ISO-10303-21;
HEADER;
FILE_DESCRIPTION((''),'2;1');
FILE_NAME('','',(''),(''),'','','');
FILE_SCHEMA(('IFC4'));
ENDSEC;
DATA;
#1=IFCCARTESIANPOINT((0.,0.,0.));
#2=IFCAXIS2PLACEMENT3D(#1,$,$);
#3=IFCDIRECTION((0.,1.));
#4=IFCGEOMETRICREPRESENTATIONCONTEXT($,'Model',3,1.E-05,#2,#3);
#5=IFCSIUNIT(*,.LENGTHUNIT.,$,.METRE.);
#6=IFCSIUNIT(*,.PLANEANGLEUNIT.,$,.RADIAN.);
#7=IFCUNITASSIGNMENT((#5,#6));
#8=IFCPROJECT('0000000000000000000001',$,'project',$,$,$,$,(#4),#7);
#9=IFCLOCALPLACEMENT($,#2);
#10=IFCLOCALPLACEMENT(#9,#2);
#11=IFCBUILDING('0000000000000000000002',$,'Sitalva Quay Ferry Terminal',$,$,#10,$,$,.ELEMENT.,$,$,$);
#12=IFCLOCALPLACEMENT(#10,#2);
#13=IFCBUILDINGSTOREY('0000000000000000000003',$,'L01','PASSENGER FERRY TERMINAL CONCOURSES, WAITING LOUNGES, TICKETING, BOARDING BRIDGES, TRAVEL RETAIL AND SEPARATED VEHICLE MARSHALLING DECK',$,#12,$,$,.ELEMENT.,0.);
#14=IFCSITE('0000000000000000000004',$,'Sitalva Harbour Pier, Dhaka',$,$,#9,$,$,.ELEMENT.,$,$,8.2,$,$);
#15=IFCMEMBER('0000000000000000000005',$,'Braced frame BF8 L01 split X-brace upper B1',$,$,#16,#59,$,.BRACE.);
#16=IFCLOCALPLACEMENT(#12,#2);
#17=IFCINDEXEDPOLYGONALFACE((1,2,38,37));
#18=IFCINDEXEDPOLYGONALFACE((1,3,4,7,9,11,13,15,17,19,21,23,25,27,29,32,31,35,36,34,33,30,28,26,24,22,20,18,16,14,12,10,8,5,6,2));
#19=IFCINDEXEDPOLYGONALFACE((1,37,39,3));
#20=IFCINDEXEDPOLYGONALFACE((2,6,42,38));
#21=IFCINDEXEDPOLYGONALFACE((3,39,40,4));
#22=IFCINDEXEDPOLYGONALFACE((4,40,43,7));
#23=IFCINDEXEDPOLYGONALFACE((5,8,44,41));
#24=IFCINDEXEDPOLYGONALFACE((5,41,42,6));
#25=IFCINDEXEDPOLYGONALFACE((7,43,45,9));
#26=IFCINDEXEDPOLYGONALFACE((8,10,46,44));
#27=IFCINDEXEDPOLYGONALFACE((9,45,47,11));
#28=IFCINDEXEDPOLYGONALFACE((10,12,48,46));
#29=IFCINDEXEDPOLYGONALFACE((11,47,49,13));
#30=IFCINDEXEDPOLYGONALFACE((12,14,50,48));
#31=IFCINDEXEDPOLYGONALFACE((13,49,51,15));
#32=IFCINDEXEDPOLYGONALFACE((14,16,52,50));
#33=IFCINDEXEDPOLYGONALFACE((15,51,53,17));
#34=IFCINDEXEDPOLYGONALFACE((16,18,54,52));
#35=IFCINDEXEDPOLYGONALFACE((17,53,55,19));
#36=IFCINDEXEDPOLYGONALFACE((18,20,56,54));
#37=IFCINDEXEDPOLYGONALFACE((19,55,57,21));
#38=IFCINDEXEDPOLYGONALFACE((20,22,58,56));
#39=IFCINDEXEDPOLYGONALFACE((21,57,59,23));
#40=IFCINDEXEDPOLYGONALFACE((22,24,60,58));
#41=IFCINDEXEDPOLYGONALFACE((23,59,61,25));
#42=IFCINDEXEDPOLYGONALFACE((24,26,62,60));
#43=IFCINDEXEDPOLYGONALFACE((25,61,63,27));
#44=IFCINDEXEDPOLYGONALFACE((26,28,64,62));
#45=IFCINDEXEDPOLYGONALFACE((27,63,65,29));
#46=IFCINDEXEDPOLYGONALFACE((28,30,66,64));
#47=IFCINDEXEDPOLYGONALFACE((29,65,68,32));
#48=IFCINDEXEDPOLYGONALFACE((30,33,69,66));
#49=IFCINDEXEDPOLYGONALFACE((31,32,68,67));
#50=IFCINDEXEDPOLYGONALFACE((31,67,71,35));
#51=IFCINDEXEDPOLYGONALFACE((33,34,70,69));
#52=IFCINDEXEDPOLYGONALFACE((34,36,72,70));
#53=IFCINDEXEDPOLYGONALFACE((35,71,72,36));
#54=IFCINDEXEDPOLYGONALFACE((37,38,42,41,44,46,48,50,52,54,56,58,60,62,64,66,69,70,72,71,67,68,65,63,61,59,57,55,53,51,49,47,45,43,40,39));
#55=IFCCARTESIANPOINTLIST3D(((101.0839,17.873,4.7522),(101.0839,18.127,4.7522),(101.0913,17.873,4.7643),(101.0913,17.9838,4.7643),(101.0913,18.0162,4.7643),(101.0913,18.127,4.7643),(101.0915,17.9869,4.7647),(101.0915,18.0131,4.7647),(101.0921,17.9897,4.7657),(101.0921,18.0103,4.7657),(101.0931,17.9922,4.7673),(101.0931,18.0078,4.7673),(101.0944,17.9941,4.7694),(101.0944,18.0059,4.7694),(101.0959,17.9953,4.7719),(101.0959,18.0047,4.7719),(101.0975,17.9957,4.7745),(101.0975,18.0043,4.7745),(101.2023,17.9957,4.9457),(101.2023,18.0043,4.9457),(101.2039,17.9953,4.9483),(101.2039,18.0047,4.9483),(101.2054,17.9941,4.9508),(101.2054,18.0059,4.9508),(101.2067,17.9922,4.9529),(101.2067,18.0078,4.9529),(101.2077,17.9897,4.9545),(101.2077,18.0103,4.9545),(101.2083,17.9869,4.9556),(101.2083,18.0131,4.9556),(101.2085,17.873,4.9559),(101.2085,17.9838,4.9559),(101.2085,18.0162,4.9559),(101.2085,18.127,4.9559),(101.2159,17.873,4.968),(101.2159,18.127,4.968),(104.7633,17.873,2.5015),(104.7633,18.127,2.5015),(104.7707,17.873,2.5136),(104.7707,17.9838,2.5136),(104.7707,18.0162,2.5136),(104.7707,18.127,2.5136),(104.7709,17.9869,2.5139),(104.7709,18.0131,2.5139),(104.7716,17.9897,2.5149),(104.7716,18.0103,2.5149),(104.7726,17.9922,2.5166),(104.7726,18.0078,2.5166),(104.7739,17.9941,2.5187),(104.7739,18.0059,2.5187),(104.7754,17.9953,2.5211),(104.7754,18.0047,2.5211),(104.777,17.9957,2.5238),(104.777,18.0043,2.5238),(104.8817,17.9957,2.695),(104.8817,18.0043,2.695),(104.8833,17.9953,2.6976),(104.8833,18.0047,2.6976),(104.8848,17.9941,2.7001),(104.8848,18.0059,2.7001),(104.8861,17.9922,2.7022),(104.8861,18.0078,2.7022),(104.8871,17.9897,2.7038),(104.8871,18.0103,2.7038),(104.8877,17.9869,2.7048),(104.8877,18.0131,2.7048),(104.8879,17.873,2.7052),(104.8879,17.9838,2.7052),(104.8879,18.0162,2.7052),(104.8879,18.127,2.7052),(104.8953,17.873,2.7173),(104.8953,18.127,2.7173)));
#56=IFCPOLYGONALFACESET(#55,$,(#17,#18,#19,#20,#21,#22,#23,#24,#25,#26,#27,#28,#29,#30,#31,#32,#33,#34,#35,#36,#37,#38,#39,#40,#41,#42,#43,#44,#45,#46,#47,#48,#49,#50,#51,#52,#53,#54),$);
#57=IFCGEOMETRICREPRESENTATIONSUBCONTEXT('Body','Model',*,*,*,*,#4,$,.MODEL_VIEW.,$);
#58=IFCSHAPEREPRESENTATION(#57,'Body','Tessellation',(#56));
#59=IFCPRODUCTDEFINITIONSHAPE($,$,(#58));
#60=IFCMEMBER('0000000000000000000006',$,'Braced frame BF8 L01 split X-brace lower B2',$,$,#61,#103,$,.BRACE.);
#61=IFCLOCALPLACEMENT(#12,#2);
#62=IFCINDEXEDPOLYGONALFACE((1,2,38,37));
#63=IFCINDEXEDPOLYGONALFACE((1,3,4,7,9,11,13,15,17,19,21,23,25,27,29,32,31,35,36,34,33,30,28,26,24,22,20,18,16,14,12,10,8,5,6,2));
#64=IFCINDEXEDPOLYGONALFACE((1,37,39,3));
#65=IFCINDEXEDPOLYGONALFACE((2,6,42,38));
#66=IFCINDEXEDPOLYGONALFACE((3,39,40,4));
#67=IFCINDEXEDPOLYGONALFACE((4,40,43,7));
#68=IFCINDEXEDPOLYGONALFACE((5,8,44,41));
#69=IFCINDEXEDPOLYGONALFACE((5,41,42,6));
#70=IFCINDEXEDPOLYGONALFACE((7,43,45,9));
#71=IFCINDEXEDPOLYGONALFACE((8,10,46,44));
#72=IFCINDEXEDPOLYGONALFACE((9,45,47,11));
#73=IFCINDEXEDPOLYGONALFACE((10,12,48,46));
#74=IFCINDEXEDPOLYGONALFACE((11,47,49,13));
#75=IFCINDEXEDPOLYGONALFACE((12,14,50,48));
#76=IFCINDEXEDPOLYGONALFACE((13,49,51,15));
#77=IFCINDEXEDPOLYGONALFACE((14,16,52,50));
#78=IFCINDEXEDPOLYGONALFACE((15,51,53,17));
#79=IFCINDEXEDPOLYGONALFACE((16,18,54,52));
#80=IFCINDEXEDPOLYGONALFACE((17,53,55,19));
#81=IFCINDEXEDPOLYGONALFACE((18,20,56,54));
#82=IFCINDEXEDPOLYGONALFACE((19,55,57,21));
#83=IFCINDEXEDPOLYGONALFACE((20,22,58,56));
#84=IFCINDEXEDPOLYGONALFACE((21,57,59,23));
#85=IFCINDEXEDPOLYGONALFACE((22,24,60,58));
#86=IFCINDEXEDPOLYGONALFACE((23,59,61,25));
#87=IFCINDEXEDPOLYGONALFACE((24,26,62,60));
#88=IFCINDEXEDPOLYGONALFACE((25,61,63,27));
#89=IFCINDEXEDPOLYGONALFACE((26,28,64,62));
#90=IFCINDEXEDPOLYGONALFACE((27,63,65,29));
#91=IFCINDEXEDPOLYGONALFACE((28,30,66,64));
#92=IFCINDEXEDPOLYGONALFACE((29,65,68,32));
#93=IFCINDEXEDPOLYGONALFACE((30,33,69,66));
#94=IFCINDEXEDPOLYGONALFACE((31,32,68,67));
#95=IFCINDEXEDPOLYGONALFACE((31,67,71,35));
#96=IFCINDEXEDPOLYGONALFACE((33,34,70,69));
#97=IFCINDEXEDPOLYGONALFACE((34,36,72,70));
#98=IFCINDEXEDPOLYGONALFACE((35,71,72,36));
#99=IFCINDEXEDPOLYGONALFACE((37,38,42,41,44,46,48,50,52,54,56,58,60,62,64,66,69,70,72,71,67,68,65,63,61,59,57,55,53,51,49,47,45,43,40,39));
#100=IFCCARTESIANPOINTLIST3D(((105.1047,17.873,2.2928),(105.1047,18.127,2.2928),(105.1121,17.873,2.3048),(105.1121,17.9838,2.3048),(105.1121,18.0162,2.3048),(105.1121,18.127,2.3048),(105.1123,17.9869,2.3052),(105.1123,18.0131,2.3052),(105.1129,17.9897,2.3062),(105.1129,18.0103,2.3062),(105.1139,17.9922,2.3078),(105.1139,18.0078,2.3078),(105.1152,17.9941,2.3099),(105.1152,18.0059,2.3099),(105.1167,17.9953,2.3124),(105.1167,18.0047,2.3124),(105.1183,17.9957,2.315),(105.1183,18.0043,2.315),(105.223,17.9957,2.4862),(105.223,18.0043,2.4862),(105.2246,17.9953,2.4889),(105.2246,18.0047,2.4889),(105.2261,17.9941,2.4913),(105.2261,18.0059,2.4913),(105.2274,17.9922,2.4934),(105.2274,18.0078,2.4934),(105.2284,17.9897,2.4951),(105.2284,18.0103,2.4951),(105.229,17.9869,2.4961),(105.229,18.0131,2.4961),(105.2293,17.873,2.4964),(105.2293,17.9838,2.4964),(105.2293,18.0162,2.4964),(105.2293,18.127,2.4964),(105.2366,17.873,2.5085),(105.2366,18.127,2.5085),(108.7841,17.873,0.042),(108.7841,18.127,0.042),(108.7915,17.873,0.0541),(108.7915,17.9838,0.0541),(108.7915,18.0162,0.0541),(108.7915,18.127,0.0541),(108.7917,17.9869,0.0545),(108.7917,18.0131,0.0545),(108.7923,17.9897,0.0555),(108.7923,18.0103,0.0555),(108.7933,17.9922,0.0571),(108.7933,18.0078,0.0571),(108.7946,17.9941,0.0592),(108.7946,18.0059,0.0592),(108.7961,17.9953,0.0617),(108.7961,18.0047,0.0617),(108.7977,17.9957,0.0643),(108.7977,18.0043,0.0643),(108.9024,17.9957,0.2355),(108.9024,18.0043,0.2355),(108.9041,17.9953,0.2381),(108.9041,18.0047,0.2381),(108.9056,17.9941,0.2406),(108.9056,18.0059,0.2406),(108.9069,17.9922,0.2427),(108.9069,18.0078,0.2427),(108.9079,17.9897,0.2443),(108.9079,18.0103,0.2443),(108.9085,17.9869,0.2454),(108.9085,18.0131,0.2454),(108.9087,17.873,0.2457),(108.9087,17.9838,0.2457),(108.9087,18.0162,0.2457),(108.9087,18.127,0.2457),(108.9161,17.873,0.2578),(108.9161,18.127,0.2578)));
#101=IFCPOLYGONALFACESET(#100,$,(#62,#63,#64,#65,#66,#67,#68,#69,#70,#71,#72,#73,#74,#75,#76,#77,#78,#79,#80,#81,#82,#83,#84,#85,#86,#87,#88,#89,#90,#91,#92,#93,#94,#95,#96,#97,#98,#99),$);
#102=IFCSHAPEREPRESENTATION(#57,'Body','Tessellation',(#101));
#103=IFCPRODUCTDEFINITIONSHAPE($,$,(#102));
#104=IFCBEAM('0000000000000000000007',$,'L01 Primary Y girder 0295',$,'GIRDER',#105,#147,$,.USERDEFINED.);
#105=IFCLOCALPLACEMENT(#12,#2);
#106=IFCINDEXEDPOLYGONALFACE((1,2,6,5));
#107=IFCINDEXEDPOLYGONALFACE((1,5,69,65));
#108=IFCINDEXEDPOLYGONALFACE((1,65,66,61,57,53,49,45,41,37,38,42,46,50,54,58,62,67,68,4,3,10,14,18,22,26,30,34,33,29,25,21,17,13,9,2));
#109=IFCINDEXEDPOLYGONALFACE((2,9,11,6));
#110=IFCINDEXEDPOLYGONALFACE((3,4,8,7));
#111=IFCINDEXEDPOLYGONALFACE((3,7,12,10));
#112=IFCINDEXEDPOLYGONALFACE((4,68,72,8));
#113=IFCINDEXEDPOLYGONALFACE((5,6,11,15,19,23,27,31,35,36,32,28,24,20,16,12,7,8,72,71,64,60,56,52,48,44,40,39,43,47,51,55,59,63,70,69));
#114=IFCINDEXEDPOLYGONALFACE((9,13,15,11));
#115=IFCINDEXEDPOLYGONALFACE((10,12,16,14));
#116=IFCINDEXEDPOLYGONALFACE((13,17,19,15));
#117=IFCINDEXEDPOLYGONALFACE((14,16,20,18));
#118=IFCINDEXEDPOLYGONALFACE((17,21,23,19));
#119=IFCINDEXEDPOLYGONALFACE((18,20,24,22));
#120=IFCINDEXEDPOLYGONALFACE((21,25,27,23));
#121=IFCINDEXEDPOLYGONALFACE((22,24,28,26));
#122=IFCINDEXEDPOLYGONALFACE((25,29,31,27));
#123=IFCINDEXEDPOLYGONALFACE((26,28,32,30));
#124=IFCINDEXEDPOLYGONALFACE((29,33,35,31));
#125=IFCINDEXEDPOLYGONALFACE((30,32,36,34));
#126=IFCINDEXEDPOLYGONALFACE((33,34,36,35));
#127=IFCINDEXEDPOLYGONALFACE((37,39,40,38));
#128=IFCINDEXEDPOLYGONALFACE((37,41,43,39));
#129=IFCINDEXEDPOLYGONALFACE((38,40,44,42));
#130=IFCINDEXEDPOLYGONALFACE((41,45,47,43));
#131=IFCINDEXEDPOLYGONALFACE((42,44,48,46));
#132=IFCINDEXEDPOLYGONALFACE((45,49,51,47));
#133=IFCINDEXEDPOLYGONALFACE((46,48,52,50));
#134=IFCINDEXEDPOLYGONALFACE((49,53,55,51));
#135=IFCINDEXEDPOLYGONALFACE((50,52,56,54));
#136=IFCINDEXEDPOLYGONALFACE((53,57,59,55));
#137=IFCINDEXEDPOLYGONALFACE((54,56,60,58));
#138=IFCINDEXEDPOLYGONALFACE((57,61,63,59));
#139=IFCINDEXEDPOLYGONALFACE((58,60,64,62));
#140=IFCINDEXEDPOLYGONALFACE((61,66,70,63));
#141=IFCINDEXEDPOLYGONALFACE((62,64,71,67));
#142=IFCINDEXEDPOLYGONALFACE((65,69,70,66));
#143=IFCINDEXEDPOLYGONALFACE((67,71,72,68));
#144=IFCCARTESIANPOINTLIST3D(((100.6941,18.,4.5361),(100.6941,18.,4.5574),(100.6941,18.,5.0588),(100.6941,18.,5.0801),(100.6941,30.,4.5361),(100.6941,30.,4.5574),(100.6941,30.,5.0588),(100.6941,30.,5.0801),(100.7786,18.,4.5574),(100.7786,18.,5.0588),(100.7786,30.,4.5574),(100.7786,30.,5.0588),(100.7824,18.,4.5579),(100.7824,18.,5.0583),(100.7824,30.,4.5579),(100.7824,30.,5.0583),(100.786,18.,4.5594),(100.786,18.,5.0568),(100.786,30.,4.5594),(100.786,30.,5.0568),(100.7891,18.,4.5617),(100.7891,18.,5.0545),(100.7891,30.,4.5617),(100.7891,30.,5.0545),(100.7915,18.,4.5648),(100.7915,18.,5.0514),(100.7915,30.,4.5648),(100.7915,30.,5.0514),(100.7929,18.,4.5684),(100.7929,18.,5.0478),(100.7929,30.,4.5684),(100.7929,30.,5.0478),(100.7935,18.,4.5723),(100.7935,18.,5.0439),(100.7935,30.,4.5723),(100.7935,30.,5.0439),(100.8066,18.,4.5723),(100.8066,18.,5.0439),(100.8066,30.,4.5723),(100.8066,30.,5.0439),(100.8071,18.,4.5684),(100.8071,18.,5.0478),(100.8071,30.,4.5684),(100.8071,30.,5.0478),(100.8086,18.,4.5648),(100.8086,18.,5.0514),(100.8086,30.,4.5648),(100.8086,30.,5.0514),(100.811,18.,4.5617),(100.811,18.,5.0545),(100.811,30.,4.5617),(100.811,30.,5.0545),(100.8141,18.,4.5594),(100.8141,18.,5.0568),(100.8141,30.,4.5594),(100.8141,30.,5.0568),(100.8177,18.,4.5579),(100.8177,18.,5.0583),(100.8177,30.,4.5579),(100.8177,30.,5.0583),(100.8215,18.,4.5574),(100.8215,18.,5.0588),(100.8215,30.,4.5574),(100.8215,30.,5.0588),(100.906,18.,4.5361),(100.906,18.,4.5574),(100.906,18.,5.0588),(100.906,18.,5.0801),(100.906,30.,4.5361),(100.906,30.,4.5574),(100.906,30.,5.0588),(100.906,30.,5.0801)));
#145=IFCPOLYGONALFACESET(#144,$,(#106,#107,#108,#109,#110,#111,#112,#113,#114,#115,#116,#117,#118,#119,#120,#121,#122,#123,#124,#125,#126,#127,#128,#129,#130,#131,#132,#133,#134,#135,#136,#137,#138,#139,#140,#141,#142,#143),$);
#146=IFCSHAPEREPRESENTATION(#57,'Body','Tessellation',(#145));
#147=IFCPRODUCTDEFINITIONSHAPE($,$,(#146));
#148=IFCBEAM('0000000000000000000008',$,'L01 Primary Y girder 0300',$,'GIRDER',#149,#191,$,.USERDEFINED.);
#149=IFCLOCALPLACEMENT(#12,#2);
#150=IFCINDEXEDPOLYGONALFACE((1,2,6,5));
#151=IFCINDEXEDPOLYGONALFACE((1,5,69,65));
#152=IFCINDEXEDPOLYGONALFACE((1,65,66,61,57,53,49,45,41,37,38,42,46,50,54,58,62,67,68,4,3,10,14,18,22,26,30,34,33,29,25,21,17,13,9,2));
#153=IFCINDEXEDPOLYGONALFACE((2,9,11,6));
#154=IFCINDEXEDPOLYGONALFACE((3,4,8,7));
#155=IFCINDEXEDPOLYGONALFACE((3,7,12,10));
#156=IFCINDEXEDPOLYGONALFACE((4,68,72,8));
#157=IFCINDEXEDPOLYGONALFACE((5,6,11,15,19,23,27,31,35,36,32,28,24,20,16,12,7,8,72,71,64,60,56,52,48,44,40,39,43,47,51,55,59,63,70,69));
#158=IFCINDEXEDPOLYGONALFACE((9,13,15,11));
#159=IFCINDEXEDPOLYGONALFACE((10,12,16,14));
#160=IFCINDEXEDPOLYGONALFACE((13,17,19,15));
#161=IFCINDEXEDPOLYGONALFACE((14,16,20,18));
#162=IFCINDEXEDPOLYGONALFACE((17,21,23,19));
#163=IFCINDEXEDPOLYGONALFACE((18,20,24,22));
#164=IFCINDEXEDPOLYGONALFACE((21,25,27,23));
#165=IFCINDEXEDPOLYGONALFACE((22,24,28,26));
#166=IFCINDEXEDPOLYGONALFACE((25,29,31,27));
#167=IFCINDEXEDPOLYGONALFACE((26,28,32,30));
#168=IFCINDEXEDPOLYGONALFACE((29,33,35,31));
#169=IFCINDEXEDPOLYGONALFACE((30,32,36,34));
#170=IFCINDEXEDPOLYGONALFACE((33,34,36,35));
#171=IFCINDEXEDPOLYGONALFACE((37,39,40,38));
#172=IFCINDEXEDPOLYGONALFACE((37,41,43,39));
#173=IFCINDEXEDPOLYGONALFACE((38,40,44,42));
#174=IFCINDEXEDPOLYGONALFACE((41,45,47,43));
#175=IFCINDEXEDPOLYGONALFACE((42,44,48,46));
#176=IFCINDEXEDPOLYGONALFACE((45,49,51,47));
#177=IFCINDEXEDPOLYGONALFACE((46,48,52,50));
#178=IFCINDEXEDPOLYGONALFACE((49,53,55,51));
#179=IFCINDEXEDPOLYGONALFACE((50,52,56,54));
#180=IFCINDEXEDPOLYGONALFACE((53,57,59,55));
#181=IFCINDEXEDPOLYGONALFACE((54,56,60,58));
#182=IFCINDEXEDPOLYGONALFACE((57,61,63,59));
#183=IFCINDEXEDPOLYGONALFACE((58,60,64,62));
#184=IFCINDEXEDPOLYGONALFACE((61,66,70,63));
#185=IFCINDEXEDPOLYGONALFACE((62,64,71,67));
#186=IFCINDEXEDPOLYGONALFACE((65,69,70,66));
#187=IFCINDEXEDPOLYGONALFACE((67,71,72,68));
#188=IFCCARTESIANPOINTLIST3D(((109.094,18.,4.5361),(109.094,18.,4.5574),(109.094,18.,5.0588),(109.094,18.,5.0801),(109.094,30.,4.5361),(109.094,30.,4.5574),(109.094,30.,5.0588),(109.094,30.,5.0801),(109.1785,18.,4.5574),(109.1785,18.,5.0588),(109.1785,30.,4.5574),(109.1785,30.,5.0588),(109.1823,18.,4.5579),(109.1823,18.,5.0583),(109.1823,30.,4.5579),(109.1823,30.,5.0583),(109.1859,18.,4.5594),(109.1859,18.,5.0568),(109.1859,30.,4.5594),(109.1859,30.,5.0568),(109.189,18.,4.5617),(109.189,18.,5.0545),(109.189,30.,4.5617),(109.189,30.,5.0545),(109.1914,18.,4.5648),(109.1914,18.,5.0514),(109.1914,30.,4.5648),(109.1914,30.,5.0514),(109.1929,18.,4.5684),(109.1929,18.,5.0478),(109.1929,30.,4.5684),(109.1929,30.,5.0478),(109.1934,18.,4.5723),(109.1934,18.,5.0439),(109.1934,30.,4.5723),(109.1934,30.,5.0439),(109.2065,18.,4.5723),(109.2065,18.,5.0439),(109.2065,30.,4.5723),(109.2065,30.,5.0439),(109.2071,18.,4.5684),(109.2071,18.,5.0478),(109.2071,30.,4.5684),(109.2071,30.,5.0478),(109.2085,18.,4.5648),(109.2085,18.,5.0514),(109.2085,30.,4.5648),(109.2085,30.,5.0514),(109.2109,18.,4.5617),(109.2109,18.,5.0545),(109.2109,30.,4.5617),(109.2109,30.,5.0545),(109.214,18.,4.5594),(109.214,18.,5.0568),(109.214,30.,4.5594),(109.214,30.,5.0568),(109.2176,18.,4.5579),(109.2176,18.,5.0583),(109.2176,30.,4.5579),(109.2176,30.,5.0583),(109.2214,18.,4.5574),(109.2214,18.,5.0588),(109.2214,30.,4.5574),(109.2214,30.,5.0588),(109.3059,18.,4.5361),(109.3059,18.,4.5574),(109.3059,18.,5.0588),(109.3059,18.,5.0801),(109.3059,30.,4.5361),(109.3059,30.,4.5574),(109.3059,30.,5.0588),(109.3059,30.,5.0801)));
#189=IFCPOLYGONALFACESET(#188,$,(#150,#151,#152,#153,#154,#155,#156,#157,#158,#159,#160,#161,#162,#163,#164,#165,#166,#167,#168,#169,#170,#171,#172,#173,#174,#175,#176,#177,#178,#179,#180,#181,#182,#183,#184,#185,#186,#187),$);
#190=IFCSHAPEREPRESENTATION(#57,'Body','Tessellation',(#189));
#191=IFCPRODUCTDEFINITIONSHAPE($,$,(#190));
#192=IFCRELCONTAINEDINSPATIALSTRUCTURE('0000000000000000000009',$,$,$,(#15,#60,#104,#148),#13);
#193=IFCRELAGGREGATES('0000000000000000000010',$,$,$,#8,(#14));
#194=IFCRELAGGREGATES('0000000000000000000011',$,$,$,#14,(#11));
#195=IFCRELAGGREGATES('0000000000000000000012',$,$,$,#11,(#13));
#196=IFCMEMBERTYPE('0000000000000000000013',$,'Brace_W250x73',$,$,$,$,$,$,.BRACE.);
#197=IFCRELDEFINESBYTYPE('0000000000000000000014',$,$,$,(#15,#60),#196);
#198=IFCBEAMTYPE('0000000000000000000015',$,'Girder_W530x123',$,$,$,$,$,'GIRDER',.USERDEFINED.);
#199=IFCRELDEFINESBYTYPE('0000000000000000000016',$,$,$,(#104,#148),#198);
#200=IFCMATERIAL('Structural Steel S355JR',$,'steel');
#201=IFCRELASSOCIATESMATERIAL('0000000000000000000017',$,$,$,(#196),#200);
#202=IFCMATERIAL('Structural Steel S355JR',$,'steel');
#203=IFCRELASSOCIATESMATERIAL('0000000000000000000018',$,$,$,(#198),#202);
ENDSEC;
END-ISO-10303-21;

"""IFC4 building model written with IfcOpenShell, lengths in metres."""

from ifc_helpers import new_model, si_unit, direction, frame, origin, origin_2d, place, context, subcontext, project, spatial, i_section, extrude, material, material_profile, profile_set, type_object, element, save


model = new_model("IFC4")

# Units and contexts
model_context = context("Model", 3, precision=1e-05, world=origin(), true_north=direction((0.0, 1.0)))
body_context = subcontext(model_context, "Body", "Model", "MODEL_VIEW")
ifc_project = project(units=[si_unit("LENGTHUNIT", "METRE"), si_unit("PLANEANGLEUNIT", "RADIAN")], contexts=[model_context])

# Site, building, storey
site_placement = place(None, origin())
site = spatial("IfcSite", under=ifc_project, at=site_placement, Name="Sitalva Harbour Pier, Dhaka", CompositionType="ELEMENT", RefElevation=8.2)
building_placement = place(site_placement, origin())
building = spatial("IfcBuilding", under=site, at=building_placement, Name="Sitalva Quay Ferry Terminal", CompositionType="ELEMENT")
storey_placement = place(building_placement, origin())
storey = spatial("IfcBuildingStorey", under=building, at=storey_placement, Name="L01", Description="PASSENGER FERRY TERMINAL CONCOURSES, WAITING LOUNGES, TICKETING, BOARDING BRIDGES, TRAVEL RETAIL AND SEPARATED VEHICLE MARSHALLING DECK", CompositionType="ELEMENT", Elevation=0.0)

# Members
ifc_material_1 = material(Name="Structural Steel S355JR", Category="steel")
ifc_material_profile_1 = material_profile(ifc_material_1, i_section(OverallWidth=0.2539, OverallDepth=0.2529, WebThickness=0.0085, FlangeThickness=0.0142, FilletRadius=0.012, at=origin_2d()), Name="W250x73")
ifc_profile_set_1 = profile_set([ifc_material_profile_1], Name="Structural Steel S355JR")
member_type = type_object("IfcMemberType", Name="Brace_W250x73", PredefinedType="BRACE", material=ifc_profile_set_1)
for number, where, z_axis, x_axis, name in (
    (1, (101.1499, 18.0, 4.8601), (0.853056, 0.0, -0.521819), (0.0, 1.0, 0.0), "Braced frame BF8 L01 split X-brace upper B1"),
    (2, (105.1707, 18.0, 2.4006), (0.853056, 0.0, -0.521819), (0.0, 1.0, 0.0), "Braced frame BF8 L01 split X-brace lower B2"),
):
    element("IfcMember", number, at=place(storey_placement, frame(where, z_axis=z_axis, x_axis=x_axis)), inside=storey, type_object=member_type, Name=name, PredefinedType="BRACE", context=body_context, shape_type="SweptSolid", body=[
        extrude(i_section(OverallWidth=0.2539, OverallDepth=0.2529, WebThickness=0.0085, FlangeThickness=0.0142, FilletRadius=0.012, at=origin_2d()), origin(), (0.0, 0.0, 1.0), 4.3132),
    ])

# Beams
ifc_material_2 = material(Name="Structural Steel S355JR", Category="steel")
ifc_material_profile_2 = material_profile(ifc_material_2, i_section(OverallWidth=0.2119, OverallDepth=0.5439, WebThickness=0.0132, FlangeThickness=0.0212, FilletRadius=0.0149, at=origin_2d()), Name="W530x123")
ifc_profile_set_2 = profile_set([ifc_material_profile_2], Name="Structural Steel S355JR")
beam_type_1 = type_object("IfcBeamType", Name="Girder_W530x123", ElementType="GIRDER", PredefinedType="USERDEFINED", material=ifc_profile_set_2)
for number, where, z_axis, x_axis, name in (
    (3, (100.8, 18.0, 4.8081), (0.0, 1.0, 0.0), (-1.0, 0.0, 0.0), "L01 Primary Y girder 0295"),
    (4, (109.2, 18.0, 4.8081), (0.0, 1.0, 0.0), (-1.0, 0.0, 0.0), "L01 Primary Y girder 0300"),
):
    element("IfcBeam", number, at=place(storey_placement, frame(where, z_axis=z_axis, x_axis=x_axis)), inside=storey, type_object=beam_type_1, Name=name, ObjectType="GIRDER", PredefinedType="USERDEFINED", context=body_context, shape_type="SweptSolid", body=[
        extrude(i_section(OverallWidth=0.2119, OverallDepth=0.5439, WebThickness=0.0132, FlangeThickness=0.0212, FilletRadius=0.0149, at=origin_2d()), origin(), (0.0, 0.0, 1.0), 12.0),
    ])

save(model, "model.ifc")
